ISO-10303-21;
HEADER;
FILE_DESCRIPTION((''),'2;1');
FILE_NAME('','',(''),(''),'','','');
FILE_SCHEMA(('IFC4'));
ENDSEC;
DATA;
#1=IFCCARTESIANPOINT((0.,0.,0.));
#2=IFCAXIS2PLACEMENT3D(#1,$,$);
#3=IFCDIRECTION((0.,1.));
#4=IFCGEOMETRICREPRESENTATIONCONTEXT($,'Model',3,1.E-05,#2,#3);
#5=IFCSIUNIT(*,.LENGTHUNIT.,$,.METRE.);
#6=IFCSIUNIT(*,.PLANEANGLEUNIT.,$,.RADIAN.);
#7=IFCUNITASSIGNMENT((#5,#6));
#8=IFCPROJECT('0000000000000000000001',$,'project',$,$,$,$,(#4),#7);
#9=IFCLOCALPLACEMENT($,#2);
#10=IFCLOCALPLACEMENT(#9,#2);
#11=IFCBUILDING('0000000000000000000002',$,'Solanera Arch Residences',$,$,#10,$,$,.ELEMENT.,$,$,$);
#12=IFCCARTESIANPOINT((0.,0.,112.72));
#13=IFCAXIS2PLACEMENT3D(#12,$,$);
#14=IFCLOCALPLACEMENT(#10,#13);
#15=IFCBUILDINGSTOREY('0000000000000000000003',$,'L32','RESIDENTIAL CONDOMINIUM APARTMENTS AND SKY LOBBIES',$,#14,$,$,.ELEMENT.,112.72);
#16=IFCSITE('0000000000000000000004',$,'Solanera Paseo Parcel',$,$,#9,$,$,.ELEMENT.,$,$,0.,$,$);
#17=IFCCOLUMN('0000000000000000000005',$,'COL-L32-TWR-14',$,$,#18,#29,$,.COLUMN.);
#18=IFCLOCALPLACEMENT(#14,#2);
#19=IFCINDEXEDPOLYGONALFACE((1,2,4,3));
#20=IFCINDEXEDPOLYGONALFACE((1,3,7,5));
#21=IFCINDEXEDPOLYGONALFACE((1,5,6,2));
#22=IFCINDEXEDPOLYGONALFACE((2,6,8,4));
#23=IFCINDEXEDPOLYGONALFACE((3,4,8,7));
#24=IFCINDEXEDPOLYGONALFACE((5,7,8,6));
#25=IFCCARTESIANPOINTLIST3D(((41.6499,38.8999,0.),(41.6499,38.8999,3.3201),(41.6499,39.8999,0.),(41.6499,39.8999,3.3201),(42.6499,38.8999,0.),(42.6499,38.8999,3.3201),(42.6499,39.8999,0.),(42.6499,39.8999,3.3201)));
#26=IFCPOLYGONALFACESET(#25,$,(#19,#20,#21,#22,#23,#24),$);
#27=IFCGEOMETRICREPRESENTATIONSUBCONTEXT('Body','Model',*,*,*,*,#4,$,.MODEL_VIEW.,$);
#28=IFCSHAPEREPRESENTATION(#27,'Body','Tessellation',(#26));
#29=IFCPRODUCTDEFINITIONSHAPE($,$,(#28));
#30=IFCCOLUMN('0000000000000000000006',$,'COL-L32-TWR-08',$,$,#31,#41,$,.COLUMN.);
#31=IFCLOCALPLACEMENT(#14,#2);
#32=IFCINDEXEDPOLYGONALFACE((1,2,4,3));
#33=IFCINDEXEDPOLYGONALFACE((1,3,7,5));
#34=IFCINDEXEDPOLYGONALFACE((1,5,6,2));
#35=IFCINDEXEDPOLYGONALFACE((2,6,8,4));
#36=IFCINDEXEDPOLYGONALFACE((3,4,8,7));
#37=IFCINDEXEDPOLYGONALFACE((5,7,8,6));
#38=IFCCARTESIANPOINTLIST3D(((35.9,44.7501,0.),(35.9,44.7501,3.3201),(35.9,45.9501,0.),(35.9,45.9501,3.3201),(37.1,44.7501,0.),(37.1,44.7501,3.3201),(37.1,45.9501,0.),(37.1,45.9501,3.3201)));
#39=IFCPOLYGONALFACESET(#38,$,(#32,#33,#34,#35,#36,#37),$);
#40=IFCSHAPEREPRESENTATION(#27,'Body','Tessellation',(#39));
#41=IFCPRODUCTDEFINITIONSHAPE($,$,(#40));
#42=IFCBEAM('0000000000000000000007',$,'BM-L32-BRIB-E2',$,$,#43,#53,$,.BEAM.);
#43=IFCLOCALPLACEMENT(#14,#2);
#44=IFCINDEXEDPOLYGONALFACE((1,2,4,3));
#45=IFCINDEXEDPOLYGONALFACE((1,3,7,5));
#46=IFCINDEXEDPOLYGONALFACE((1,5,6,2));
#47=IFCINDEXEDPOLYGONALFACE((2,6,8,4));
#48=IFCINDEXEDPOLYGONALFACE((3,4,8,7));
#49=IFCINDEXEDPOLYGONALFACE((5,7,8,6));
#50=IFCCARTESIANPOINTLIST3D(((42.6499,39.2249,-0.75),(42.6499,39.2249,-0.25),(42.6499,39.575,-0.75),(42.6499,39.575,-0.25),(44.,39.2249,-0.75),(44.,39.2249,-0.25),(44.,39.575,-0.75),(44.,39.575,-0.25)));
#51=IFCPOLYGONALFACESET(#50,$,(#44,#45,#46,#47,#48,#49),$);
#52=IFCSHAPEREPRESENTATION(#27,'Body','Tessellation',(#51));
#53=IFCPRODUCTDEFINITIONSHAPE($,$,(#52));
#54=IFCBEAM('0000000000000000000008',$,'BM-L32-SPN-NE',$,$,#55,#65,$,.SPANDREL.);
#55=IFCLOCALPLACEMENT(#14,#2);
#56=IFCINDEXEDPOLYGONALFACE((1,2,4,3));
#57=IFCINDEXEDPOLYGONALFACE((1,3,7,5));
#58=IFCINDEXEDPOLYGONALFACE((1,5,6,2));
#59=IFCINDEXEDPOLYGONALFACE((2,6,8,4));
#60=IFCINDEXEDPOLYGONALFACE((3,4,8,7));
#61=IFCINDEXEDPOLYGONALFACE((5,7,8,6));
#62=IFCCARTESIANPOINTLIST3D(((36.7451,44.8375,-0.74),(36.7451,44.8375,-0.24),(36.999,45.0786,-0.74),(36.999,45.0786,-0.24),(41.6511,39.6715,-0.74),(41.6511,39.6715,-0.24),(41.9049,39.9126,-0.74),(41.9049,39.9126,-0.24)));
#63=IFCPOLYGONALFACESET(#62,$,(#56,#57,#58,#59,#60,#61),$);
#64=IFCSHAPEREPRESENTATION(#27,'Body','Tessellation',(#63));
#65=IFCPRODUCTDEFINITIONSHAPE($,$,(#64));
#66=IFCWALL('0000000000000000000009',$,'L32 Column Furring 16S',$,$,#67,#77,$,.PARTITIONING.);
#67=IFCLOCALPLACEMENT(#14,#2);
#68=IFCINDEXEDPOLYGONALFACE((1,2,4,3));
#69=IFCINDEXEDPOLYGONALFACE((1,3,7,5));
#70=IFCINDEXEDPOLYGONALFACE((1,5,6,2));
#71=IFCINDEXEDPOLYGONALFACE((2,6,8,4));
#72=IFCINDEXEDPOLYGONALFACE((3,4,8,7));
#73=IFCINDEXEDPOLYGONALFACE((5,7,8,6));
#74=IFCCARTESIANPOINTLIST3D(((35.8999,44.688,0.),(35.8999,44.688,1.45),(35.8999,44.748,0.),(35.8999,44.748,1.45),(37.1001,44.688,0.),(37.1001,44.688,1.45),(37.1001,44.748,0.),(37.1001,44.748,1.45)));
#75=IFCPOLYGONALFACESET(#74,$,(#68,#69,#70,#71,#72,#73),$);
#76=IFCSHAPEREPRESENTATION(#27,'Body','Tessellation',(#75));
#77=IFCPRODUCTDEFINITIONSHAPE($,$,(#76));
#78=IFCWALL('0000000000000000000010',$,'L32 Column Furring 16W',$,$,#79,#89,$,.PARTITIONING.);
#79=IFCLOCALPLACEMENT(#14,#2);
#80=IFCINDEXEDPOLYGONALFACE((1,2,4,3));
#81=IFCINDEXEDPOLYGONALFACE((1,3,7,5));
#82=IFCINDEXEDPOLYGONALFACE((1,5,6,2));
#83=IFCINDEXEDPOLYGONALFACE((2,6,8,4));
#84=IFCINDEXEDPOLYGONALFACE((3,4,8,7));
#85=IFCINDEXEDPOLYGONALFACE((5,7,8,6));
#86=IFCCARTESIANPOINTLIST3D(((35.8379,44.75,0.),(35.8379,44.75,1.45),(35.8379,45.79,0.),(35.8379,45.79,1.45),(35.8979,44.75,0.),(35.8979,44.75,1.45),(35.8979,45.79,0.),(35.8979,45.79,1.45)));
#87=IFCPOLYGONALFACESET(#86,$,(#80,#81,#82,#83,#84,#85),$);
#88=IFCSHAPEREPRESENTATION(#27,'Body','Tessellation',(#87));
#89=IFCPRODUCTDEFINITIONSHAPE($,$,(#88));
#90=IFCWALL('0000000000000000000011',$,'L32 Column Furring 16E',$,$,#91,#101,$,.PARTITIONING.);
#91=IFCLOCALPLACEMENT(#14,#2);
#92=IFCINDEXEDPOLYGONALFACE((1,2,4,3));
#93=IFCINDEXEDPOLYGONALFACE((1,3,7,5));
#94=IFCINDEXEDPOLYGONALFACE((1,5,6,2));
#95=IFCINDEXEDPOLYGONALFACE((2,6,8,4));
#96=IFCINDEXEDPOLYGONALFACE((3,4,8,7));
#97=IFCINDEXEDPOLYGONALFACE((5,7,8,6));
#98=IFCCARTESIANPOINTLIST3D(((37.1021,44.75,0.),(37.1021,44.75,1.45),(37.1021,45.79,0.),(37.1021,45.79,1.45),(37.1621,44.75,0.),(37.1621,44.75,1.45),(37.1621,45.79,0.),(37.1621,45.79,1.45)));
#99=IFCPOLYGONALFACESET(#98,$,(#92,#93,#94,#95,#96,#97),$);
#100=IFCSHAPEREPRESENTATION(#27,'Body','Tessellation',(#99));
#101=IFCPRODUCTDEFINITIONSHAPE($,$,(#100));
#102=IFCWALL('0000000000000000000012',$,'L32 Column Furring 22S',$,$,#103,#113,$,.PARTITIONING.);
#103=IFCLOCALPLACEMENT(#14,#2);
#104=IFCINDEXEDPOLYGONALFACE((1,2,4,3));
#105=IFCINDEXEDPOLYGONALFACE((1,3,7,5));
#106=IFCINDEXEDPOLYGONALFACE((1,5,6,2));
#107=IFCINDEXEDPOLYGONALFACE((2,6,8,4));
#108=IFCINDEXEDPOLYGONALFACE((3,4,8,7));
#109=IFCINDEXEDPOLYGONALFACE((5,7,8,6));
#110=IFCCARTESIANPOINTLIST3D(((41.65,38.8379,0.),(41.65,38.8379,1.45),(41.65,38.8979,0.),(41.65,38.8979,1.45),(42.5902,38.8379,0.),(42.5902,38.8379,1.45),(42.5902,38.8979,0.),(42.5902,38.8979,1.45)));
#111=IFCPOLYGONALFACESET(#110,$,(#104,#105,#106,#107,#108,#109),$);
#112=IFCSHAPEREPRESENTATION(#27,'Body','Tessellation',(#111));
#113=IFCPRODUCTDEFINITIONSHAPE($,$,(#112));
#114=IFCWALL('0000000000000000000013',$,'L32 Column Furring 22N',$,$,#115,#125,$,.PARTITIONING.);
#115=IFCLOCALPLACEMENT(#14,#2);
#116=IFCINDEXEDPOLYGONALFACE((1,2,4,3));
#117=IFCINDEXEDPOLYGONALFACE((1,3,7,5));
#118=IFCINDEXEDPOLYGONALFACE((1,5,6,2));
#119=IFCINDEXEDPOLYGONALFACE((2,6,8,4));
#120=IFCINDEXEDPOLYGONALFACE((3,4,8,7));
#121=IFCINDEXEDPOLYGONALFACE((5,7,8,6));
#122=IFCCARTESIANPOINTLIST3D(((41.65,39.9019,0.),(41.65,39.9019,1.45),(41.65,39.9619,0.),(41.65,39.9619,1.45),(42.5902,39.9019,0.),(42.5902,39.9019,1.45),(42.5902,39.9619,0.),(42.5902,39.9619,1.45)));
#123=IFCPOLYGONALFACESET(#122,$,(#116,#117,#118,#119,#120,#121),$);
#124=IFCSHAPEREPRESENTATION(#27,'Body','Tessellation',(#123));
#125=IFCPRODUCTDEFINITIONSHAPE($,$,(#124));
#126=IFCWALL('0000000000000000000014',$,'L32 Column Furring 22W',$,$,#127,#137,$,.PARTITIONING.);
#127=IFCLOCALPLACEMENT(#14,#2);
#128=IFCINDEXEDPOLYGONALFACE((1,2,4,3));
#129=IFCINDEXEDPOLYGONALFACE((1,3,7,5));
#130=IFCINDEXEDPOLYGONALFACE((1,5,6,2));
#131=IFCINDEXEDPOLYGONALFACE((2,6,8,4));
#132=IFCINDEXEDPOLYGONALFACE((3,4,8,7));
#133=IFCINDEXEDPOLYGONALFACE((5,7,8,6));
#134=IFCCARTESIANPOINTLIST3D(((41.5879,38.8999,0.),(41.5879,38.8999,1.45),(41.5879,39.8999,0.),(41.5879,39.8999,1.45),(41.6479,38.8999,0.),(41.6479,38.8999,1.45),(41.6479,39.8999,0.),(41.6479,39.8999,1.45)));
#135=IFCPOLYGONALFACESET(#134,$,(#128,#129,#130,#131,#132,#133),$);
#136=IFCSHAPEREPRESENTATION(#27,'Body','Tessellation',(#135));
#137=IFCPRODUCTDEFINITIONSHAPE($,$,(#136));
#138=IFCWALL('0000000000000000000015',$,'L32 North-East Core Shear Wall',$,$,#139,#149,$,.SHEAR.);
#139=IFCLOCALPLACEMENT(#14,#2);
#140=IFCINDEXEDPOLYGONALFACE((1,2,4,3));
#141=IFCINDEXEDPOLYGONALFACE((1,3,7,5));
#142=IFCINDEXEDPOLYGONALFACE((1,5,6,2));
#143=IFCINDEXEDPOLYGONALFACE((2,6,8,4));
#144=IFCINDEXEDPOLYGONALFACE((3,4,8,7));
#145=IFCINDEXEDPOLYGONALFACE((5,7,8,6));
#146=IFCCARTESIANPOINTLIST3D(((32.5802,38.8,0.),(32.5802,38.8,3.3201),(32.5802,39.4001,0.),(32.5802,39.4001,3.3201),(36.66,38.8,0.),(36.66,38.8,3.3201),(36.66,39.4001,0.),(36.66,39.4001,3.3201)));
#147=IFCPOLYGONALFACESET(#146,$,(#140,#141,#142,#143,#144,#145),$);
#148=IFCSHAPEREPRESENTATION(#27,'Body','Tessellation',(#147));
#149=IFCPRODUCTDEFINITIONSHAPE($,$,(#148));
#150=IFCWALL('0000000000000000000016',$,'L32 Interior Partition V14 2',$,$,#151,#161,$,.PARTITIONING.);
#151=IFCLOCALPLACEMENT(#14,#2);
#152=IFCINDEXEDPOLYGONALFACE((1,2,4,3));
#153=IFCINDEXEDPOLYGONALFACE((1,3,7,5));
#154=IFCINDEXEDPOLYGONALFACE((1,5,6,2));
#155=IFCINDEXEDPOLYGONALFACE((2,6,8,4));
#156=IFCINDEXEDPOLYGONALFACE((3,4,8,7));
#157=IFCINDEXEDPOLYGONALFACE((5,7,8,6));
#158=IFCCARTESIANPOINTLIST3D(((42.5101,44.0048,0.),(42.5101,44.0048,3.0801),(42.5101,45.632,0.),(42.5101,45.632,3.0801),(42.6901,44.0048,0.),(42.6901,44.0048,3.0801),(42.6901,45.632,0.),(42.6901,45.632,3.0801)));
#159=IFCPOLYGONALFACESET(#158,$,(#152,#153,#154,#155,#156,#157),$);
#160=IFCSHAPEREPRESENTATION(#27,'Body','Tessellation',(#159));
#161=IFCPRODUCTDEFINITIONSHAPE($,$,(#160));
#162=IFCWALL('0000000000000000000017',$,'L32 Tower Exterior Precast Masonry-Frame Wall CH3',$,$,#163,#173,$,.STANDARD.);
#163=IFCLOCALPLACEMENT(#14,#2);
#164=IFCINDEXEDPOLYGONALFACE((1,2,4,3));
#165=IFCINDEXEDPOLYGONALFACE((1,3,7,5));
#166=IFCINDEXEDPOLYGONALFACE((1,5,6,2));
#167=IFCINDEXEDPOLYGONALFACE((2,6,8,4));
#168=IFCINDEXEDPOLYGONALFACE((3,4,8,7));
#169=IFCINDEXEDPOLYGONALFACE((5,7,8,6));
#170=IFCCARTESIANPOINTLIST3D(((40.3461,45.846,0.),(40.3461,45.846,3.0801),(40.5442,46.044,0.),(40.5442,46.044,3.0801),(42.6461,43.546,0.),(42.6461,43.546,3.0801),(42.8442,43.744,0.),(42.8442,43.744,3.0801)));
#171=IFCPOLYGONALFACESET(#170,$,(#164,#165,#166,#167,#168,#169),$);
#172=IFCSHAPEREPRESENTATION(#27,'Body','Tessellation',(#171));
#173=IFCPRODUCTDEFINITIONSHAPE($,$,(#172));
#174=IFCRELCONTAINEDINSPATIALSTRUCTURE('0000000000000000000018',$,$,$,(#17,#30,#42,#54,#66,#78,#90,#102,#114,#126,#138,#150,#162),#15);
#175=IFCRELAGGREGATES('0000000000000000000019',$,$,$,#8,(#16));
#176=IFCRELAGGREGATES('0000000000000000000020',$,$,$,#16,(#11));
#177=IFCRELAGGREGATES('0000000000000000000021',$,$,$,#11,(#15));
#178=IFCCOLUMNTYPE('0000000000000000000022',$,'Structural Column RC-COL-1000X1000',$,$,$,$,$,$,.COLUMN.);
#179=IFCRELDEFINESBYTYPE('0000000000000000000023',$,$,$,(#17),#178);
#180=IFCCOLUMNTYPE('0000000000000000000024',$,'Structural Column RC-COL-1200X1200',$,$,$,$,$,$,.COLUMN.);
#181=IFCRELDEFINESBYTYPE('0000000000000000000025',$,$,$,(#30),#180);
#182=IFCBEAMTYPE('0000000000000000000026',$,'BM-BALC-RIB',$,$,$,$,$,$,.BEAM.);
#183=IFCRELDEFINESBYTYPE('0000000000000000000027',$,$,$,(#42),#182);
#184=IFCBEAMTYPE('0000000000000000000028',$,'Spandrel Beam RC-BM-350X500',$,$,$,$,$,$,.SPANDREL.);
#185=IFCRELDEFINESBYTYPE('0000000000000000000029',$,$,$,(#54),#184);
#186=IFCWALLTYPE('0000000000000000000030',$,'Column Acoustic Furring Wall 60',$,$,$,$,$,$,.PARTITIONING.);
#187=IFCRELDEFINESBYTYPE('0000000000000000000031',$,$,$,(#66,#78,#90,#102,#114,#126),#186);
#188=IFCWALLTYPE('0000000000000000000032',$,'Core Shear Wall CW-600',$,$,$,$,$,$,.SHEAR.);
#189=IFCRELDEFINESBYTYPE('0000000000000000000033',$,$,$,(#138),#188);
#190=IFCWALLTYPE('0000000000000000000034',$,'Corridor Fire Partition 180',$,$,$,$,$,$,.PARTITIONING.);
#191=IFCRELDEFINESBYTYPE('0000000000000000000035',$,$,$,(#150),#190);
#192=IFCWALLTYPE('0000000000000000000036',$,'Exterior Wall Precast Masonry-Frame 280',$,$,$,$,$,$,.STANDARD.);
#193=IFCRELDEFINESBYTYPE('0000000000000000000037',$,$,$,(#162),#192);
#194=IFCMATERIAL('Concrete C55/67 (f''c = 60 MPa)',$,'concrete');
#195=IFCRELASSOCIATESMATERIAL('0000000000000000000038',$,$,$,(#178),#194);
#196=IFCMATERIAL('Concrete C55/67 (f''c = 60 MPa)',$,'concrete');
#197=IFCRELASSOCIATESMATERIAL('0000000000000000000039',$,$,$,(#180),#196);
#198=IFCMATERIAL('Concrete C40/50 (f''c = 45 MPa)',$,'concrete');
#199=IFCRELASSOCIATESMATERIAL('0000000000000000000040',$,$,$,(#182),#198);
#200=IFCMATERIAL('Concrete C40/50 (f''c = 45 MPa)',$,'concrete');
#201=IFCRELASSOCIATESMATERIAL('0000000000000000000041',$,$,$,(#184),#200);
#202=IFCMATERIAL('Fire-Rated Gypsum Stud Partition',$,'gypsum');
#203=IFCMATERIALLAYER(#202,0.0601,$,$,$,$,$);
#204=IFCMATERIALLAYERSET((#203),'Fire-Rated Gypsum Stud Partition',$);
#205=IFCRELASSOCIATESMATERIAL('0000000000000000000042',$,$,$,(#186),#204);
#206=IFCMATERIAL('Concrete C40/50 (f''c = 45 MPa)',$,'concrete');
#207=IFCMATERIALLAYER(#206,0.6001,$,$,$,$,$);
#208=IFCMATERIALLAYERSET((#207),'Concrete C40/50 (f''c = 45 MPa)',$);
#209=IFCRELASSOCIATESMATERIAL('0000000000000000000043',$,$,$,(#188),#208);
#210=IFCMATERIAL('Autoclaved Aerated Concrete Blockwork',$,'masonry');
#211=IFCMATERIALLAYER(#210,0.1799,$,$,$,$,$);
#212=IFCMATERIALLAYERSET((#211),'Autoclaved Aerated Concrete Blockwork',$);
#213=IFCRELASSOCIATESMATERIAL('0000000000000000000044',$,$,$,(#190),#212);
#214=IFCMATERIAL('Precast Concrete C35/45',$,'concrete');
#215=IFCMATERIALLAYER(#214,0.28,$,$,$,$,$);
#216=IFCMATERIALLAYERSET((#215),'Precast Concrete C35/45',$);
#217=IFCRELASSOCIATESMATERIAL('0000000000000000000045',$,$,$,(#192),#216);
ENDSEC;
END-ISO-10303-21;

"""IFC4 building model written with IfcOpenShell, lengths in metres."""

from ifc_helpers import new_model, si_unit, direction, frame, frame_2d, origin, origin_2d, place, context, subcontext, project, spatial, rectangle, extrude, material, layer, layer_set, material_profile, profile_set, type_object, element, save


model = new_model("IFC4")

# Units and contexts
model_context = context("Model", 3, precision=1e-05, world=origin(), true_north=direction((0.0, 1.0)))
body_context = subcontext(model_context, "Body", "Model", "MODEL_VIEW")
ifc_project = project(units=[si_unit("LENGTHUNIT", "METRE"), si_unit("PLANEANGLEUNIT", "RADIAN")], contexts=[model_context])

# Site, building, storey
site_placement = place(None, origin())
site = spatial("IfcSite", under=ifc_project, at=site_placement, Name="Solanera Paseo Parcel", CompositionType="ELEMENT", RefElevation=0.0)
building_placement = place(site_placement, origin())
building = spatial("IfcBuilding", under=site, at=building_placement, Name="Solanera Arch Residences", CompositionType="ELEMENT")
storey_placement = place(building_placement, frame((0.0, 0.0, 112.72)))
storey = spatial("IfcBuildingStorey", under=building, at=storey_placement, Name="L32", Description="RESIDENTIAL CONDOMINIUM APARTMENTS AND SKY LOBBIES", CompositionType="ELEMENT", Elevation=112.72)

# Columns
ifc_material_1 = material(Name="Concrete C55/67 (f'c = 60 MPa)", Category="concrete")
ifc_material_profile_1 = material_profile(ifc_material_1, rectangle(XDim=1.0, YDim=1.0, at=origin_2d()))
ifc_profile_set_1 = profile_set([ifc_material_profile_1], Name="Concrete C55/67 (f'c = 60 MPa)")
column_type_1 = type_object("IfcColumnType", Name="Structural Column RC-COL-1000X1000", PredefinedType="COLUMN", material=ifc_profile_set_1)
column_1_placement = place(storey_placement, frame((42.1499, 39.3999, 0.0), z_axis=(0.0, 0.0, 1.0), x_axis=(1.0, 0.0, 0.0)))
element("IfcColumn", 1, at=column_1_placement, inside=storey, type_object=column_type_1, Name="COL-L32-TWR-14", PredefinedType="COLUMN", context=body_context, shape_type="SweptSolid", body=[
    extrude(rectangle(XDim=1.0, YDim=1.0, at=origin_2d()), origin(), (0.0, 0.0, 1.0), 3.3201),
])
ifc_material_2 = material(Name="Concrete C55/67 (f'c = 60 MPa)", Category="concrete")
ifc_material_profile_2 = material_profile(ifc_material_2, rectangle(XDim=1.2, YDim=1.2, at=origin_2d()))
ifc_profile_set_2 = profile_set([ifc_material_profile_2], Name="Concrete C55/67 (f'c = 60 MPa)")
column_type_2 = type_object("IfcColumnType", Name="Structural Column RC-COL-1200X1200", PredefinedType="COLUMN", material=ifc_profile_set_2)
column_2_placement = place(storey_placement, frame((36.5, 45.3501, 0.0), z_axis=(0.0, 0.0, 1.0), x_axis=(1.0, 0.0, 0.0)))
element("IfcColumn", 2, at=column_2_placement, inside=storey, type_object=column_type_2, Name="COL-L32-TWR-08", PredefinedType="COLUMN", context=body_context, shape_type="SweptSolid", body=[
    extrude(rectangle(XDim=1.2, YDim=1.2, at=origin_2d()), origin(), (0.0, 0.0, 1.0), 3.3201),
])

# Beams
ifc_material_3 = material(Name="Concrete C40/50 (f'c = 45 MPa)", Category="concrete")
ifc_material_profile_3 = material_profile(ifc_material_3, rectangle(XDim=0.3501, YDim=0.5, at=origin_2d()))
ifc_profile_set_3 = profile_set([ifc_material_profile_3], Name="Concrete C40/50 (f'c = 45 MPa)")
beam_type_1 = type_object("IfcBeamType", Name="BM-BALC-RIB", PredefinedType="BEAM", material=ifc_profile_set_3)
beam_1_placement = place(storey_placement, frame((42.6499, 39.3999, -0.5), z_axis=(1.0, 0.0, 0.0), x_axis=(0.0, 1.0, 0.0)))
element("IfcBeam", 3, at=beam_1_placement, inside=storey, type_object=beam_type_1, Name="BM-L32-BRIB-E2", PredefinedType="BEAM", context=body_context, shape_type="SweptSolid", body=[
    extrude(rectangle(XDim=0.3501, YDim=0.5, at=origin_2d()), origin(), (0.0, 0.0, 1.0), 1.3501),
])
ifc_material_4 = material(Name="Concrete C40/50 (f'c = 45 MPa)", Category="concrete")
ifc_material_profile_4 = material_profile(ifc_material_4, rectangle(XDim=0.3501, YDim=0.5, at=origin_2d()))
ifc_profile_set_4 = profile_set([ifc_material_profile_4], Name="Concrete C40/50 (f'c = 45 MPa)")
beam_type_2 = type_object("IfcBeamType", Name="Spandrel Beam RC-BM-350X500", PredefinedType="SPANDREL", material=ifc_profile_set_4)
beam_2_placement = place(storey_placement, frame((36.8721, 44.958, -0.49), z_axis=(0.688623, -0.725119, 0.0), x_axis=(0.725119, 0.688623, 0.0)))
element("IfcBeam", 4, at=beam_2_placement, inside=storey, type_object=beam_type_2, Name="BM-L32-SPN-NE", PredefinedType="SPANDREL", context=body_context, shape_type="SweptSolid", body=[
    extrude(rectangle(XDim=0.3501, YDim=0.5, at=origin_2d()), origin(), (0.0, 0.0, 1.0), 7.1243),
])

# Walls
ifc_material_5 = material(Name="Fire-Rated Gypsum Stud Partition", Category="gypsum")
ifc_layer_1 = layer(ifc_material_5, 0.0601)
ifc_layer_set_1 = layer_set([ifc_layer_1], Name="Fire-Rated Gypsum Stud Partition")
wall_type_1 = type_object("IfcWallType", Name="Column Acoustic Furring Wall 60", PredefinedType="PARTITIONING", material=ifc_layer_set_1)
wall_1_placement = place(storey_placement, frame((35.8999, 44.718, 0.0), z_axis=(0.0, 0.0, 1.0), x_axis=(1.0, 0.0, 0.0)))
element("IfcWall", 5, at=wall_1_placement, inside=storey, type_object=wall_type_1, Name="L32 Column Furring 16S", PredefinedType="PARTITIONING", context=body_context, shape_type="SweptSolid", body=[
    extrude(rectangle(XDim=1.2002, YDim=0.0601, at=frame_2d((0.6001, 0.0))), origin(), (0.0, 0.0, 1.0), 1.45),
])
for number, where, z_axis, x_axis, name in (
    (6, (35.8679, 44.75, 0.0), (0.0, 0.0, 1.0), (0.0, 1.0, 0.0), "L32 Column Furring 16W"),
    (7, (37.1321, 44.75, 0.0), (0.0, 0.0, 1.0), (0.0, 1.0, 0.0), "L32 Column Furring 16E"),
):
    element("IfcWall", number, at=place(storey_placement, frame(where, z_axis=z_axis, x_axis=x_axis)), inside=storey, type_object=wall_type_1, Name=name, PredefinedType="PARTITIONING", context=body_context, shape_type="SweptSolid", body=[
        extrude(rectangle(XDim=1.04, YDim=0.0601, at=frame_2d((0.52, 0.0))), origin(), (0.0, 0.0, 1.0), 1.45),
    ])
for number, where, z_axis, x_axis, name in (
    (8, (41.6499, 38.8679, 0.0), (0.0, 0.0, 1.0), (1.0, 0.0, 0.0), "L32 Column Furring 22S"),
    (9, (41.6499, 39.9319, 0.0), (0.0, 0.0, 1.0), (1.0, 0.0, 0.0), "L32 Column Furring 22N"),
):
    element("IfcWall", number, at=place(storey_placement, frame(where, z_axis=z_axis, x_axis=x_axis)), inside=storey, type_object=wall_type_1, Name=name, PredefinedType="PARTITIONING", context=body_context, shape_type="SweptSolid", body=[
        extrude(rectangle(XDim=0.9402, YDim=0.0601, at=frame_2d((0.4702, 0.0))), origin(), (0.0, 0.0, 1.0), 1.45),
    ])
wall_2_placement = place(storey_placement, frame((41.6179, 38.8999, 0.0), z_axis=(0.0, 0.0, 1.0), x_axis=(0.0, 1.0, 0.0)))
element("IfcWall", 10, at=wall_2_placement, inside=storey, type_object=wall_type_1, Name="L32 Column Furring 22W", PredefinedType="PARTITIONING", context=body_context, shape_type="SweptSolid", body=[
    extrude(rectangle(XDim=1.0, YDim=0.0601, at=frame_2d((0.5, 0.0))), origin(), (0.0, 0.0, 1.0), 1.45),
])
ifc_material_6 = material(Name="Concrete C40/50 (f'c = 45 MPa)", Category="concrete")
ifc_layer_2 = layer(ifc_material_6, 0.6001)
ifc_layer_set_2 = layer_set([ifc_layer_2], Name="Concrete C40/50 (f'c = 45 MPa)")
wall_type_2 = type_object("IfcWallType", Name="Core Shear Wall CW-600", PredefinedType="SHEAR", material=ifc_layer_set_2)
wall_3_placement = place(storey_placement, frame((32.5801, 39.1001, 0.0), z_axis=(0.0, 0.0, 1.0), x_axis=(1.0, 0.0, 0.0)))
element("IfcWall", 11, at=wall_3_placement, inside=storey, type_object=wall_type_2, Name="L32 North-East Core Shear Wall", PredefinedType="SHEAR", context=body_context, shape_type="SweptSolid", body=[
    extrude(rectangle(XDim=4.0798, YDim=0.6001, at=frame_2d((2.04, 0.0))), origin(), (0.0, 0.0, 1.0), 3.3201),
])
ifc_material_7 = material(Name="Autoclaved Aerated Concrete Blockwork", Category="masonry")
ifc_layer_3 = layer(ifc_material_7, 0.1799)
ifc_layer_set_3 = layer_set([ifc_layer_3], Name="Autoclaved Aerated Concrete Blockwork")
wall_type_3 = type_object("IfcWallType", Name="Corridor Fire Partition 180", PredefinedType="PARTITIONING", material=ifc_layer_set_3)
wall_4_placement = place(storey_placement, frame((42.6001, 44.0049, 0.0), z_axis=(0.0, 0.0, 1.0), x_axis=(0.0, 1.0, 0.0)))
element("IfcWall", 12, at=wall_4_placement, inside=storey, type_object=wall_type_3, Name="L32 Interior Partition V14 2", PredefinedType="PARTITIONING", context=body_context, shape_type="SweptSolid", body=[
    extrude(rectangle(XDim=1.6272, YDim=0.1799, at=frame_2d((0.8135, 0.0))), origin(), (0.0, 0.0, 1.0), 3.0801),
])
ifc_material_8 = material(Name="Precast Concrete C35/45", Category="concrete")
ifc_layer_4 = layer(ifc_material_8, 0.28)
ifc_layer_set_4 = layer_set([ifc_layer_4], Name="Precast Concrete C35/45")
wall_type_4 = type_object("IfcWallType", Name="Exterior Wall Precast Masonry-Frame 280", PredefinedType="STANDARD", material=ifc_layer_set_4)
wall_5_placement = place(storey_placement, frame((40.4451, 45.9451, 0.0), z_axis=(0.0, 0.0, 1.0), x_axis=(0.707107, -0.707107, 0.0)))
element("IfcWall", 13, at=wall_5_placement, inside=storey, type_object=wall_type_4, Name="L32 Tower Exterior Precast Masonry-Frame Wall CH3", PredefinedType="STANDARD", context=body_context, shape_type="SweptSolid", body=[
    extrude(rectangle(XDim=3.2527, YDim=0.28, at=frame_2d((1.6265, 0.0))), origin(), (0.0, 0.0, 1.0), 3.0801),
])

save(model, "model.ifc")
